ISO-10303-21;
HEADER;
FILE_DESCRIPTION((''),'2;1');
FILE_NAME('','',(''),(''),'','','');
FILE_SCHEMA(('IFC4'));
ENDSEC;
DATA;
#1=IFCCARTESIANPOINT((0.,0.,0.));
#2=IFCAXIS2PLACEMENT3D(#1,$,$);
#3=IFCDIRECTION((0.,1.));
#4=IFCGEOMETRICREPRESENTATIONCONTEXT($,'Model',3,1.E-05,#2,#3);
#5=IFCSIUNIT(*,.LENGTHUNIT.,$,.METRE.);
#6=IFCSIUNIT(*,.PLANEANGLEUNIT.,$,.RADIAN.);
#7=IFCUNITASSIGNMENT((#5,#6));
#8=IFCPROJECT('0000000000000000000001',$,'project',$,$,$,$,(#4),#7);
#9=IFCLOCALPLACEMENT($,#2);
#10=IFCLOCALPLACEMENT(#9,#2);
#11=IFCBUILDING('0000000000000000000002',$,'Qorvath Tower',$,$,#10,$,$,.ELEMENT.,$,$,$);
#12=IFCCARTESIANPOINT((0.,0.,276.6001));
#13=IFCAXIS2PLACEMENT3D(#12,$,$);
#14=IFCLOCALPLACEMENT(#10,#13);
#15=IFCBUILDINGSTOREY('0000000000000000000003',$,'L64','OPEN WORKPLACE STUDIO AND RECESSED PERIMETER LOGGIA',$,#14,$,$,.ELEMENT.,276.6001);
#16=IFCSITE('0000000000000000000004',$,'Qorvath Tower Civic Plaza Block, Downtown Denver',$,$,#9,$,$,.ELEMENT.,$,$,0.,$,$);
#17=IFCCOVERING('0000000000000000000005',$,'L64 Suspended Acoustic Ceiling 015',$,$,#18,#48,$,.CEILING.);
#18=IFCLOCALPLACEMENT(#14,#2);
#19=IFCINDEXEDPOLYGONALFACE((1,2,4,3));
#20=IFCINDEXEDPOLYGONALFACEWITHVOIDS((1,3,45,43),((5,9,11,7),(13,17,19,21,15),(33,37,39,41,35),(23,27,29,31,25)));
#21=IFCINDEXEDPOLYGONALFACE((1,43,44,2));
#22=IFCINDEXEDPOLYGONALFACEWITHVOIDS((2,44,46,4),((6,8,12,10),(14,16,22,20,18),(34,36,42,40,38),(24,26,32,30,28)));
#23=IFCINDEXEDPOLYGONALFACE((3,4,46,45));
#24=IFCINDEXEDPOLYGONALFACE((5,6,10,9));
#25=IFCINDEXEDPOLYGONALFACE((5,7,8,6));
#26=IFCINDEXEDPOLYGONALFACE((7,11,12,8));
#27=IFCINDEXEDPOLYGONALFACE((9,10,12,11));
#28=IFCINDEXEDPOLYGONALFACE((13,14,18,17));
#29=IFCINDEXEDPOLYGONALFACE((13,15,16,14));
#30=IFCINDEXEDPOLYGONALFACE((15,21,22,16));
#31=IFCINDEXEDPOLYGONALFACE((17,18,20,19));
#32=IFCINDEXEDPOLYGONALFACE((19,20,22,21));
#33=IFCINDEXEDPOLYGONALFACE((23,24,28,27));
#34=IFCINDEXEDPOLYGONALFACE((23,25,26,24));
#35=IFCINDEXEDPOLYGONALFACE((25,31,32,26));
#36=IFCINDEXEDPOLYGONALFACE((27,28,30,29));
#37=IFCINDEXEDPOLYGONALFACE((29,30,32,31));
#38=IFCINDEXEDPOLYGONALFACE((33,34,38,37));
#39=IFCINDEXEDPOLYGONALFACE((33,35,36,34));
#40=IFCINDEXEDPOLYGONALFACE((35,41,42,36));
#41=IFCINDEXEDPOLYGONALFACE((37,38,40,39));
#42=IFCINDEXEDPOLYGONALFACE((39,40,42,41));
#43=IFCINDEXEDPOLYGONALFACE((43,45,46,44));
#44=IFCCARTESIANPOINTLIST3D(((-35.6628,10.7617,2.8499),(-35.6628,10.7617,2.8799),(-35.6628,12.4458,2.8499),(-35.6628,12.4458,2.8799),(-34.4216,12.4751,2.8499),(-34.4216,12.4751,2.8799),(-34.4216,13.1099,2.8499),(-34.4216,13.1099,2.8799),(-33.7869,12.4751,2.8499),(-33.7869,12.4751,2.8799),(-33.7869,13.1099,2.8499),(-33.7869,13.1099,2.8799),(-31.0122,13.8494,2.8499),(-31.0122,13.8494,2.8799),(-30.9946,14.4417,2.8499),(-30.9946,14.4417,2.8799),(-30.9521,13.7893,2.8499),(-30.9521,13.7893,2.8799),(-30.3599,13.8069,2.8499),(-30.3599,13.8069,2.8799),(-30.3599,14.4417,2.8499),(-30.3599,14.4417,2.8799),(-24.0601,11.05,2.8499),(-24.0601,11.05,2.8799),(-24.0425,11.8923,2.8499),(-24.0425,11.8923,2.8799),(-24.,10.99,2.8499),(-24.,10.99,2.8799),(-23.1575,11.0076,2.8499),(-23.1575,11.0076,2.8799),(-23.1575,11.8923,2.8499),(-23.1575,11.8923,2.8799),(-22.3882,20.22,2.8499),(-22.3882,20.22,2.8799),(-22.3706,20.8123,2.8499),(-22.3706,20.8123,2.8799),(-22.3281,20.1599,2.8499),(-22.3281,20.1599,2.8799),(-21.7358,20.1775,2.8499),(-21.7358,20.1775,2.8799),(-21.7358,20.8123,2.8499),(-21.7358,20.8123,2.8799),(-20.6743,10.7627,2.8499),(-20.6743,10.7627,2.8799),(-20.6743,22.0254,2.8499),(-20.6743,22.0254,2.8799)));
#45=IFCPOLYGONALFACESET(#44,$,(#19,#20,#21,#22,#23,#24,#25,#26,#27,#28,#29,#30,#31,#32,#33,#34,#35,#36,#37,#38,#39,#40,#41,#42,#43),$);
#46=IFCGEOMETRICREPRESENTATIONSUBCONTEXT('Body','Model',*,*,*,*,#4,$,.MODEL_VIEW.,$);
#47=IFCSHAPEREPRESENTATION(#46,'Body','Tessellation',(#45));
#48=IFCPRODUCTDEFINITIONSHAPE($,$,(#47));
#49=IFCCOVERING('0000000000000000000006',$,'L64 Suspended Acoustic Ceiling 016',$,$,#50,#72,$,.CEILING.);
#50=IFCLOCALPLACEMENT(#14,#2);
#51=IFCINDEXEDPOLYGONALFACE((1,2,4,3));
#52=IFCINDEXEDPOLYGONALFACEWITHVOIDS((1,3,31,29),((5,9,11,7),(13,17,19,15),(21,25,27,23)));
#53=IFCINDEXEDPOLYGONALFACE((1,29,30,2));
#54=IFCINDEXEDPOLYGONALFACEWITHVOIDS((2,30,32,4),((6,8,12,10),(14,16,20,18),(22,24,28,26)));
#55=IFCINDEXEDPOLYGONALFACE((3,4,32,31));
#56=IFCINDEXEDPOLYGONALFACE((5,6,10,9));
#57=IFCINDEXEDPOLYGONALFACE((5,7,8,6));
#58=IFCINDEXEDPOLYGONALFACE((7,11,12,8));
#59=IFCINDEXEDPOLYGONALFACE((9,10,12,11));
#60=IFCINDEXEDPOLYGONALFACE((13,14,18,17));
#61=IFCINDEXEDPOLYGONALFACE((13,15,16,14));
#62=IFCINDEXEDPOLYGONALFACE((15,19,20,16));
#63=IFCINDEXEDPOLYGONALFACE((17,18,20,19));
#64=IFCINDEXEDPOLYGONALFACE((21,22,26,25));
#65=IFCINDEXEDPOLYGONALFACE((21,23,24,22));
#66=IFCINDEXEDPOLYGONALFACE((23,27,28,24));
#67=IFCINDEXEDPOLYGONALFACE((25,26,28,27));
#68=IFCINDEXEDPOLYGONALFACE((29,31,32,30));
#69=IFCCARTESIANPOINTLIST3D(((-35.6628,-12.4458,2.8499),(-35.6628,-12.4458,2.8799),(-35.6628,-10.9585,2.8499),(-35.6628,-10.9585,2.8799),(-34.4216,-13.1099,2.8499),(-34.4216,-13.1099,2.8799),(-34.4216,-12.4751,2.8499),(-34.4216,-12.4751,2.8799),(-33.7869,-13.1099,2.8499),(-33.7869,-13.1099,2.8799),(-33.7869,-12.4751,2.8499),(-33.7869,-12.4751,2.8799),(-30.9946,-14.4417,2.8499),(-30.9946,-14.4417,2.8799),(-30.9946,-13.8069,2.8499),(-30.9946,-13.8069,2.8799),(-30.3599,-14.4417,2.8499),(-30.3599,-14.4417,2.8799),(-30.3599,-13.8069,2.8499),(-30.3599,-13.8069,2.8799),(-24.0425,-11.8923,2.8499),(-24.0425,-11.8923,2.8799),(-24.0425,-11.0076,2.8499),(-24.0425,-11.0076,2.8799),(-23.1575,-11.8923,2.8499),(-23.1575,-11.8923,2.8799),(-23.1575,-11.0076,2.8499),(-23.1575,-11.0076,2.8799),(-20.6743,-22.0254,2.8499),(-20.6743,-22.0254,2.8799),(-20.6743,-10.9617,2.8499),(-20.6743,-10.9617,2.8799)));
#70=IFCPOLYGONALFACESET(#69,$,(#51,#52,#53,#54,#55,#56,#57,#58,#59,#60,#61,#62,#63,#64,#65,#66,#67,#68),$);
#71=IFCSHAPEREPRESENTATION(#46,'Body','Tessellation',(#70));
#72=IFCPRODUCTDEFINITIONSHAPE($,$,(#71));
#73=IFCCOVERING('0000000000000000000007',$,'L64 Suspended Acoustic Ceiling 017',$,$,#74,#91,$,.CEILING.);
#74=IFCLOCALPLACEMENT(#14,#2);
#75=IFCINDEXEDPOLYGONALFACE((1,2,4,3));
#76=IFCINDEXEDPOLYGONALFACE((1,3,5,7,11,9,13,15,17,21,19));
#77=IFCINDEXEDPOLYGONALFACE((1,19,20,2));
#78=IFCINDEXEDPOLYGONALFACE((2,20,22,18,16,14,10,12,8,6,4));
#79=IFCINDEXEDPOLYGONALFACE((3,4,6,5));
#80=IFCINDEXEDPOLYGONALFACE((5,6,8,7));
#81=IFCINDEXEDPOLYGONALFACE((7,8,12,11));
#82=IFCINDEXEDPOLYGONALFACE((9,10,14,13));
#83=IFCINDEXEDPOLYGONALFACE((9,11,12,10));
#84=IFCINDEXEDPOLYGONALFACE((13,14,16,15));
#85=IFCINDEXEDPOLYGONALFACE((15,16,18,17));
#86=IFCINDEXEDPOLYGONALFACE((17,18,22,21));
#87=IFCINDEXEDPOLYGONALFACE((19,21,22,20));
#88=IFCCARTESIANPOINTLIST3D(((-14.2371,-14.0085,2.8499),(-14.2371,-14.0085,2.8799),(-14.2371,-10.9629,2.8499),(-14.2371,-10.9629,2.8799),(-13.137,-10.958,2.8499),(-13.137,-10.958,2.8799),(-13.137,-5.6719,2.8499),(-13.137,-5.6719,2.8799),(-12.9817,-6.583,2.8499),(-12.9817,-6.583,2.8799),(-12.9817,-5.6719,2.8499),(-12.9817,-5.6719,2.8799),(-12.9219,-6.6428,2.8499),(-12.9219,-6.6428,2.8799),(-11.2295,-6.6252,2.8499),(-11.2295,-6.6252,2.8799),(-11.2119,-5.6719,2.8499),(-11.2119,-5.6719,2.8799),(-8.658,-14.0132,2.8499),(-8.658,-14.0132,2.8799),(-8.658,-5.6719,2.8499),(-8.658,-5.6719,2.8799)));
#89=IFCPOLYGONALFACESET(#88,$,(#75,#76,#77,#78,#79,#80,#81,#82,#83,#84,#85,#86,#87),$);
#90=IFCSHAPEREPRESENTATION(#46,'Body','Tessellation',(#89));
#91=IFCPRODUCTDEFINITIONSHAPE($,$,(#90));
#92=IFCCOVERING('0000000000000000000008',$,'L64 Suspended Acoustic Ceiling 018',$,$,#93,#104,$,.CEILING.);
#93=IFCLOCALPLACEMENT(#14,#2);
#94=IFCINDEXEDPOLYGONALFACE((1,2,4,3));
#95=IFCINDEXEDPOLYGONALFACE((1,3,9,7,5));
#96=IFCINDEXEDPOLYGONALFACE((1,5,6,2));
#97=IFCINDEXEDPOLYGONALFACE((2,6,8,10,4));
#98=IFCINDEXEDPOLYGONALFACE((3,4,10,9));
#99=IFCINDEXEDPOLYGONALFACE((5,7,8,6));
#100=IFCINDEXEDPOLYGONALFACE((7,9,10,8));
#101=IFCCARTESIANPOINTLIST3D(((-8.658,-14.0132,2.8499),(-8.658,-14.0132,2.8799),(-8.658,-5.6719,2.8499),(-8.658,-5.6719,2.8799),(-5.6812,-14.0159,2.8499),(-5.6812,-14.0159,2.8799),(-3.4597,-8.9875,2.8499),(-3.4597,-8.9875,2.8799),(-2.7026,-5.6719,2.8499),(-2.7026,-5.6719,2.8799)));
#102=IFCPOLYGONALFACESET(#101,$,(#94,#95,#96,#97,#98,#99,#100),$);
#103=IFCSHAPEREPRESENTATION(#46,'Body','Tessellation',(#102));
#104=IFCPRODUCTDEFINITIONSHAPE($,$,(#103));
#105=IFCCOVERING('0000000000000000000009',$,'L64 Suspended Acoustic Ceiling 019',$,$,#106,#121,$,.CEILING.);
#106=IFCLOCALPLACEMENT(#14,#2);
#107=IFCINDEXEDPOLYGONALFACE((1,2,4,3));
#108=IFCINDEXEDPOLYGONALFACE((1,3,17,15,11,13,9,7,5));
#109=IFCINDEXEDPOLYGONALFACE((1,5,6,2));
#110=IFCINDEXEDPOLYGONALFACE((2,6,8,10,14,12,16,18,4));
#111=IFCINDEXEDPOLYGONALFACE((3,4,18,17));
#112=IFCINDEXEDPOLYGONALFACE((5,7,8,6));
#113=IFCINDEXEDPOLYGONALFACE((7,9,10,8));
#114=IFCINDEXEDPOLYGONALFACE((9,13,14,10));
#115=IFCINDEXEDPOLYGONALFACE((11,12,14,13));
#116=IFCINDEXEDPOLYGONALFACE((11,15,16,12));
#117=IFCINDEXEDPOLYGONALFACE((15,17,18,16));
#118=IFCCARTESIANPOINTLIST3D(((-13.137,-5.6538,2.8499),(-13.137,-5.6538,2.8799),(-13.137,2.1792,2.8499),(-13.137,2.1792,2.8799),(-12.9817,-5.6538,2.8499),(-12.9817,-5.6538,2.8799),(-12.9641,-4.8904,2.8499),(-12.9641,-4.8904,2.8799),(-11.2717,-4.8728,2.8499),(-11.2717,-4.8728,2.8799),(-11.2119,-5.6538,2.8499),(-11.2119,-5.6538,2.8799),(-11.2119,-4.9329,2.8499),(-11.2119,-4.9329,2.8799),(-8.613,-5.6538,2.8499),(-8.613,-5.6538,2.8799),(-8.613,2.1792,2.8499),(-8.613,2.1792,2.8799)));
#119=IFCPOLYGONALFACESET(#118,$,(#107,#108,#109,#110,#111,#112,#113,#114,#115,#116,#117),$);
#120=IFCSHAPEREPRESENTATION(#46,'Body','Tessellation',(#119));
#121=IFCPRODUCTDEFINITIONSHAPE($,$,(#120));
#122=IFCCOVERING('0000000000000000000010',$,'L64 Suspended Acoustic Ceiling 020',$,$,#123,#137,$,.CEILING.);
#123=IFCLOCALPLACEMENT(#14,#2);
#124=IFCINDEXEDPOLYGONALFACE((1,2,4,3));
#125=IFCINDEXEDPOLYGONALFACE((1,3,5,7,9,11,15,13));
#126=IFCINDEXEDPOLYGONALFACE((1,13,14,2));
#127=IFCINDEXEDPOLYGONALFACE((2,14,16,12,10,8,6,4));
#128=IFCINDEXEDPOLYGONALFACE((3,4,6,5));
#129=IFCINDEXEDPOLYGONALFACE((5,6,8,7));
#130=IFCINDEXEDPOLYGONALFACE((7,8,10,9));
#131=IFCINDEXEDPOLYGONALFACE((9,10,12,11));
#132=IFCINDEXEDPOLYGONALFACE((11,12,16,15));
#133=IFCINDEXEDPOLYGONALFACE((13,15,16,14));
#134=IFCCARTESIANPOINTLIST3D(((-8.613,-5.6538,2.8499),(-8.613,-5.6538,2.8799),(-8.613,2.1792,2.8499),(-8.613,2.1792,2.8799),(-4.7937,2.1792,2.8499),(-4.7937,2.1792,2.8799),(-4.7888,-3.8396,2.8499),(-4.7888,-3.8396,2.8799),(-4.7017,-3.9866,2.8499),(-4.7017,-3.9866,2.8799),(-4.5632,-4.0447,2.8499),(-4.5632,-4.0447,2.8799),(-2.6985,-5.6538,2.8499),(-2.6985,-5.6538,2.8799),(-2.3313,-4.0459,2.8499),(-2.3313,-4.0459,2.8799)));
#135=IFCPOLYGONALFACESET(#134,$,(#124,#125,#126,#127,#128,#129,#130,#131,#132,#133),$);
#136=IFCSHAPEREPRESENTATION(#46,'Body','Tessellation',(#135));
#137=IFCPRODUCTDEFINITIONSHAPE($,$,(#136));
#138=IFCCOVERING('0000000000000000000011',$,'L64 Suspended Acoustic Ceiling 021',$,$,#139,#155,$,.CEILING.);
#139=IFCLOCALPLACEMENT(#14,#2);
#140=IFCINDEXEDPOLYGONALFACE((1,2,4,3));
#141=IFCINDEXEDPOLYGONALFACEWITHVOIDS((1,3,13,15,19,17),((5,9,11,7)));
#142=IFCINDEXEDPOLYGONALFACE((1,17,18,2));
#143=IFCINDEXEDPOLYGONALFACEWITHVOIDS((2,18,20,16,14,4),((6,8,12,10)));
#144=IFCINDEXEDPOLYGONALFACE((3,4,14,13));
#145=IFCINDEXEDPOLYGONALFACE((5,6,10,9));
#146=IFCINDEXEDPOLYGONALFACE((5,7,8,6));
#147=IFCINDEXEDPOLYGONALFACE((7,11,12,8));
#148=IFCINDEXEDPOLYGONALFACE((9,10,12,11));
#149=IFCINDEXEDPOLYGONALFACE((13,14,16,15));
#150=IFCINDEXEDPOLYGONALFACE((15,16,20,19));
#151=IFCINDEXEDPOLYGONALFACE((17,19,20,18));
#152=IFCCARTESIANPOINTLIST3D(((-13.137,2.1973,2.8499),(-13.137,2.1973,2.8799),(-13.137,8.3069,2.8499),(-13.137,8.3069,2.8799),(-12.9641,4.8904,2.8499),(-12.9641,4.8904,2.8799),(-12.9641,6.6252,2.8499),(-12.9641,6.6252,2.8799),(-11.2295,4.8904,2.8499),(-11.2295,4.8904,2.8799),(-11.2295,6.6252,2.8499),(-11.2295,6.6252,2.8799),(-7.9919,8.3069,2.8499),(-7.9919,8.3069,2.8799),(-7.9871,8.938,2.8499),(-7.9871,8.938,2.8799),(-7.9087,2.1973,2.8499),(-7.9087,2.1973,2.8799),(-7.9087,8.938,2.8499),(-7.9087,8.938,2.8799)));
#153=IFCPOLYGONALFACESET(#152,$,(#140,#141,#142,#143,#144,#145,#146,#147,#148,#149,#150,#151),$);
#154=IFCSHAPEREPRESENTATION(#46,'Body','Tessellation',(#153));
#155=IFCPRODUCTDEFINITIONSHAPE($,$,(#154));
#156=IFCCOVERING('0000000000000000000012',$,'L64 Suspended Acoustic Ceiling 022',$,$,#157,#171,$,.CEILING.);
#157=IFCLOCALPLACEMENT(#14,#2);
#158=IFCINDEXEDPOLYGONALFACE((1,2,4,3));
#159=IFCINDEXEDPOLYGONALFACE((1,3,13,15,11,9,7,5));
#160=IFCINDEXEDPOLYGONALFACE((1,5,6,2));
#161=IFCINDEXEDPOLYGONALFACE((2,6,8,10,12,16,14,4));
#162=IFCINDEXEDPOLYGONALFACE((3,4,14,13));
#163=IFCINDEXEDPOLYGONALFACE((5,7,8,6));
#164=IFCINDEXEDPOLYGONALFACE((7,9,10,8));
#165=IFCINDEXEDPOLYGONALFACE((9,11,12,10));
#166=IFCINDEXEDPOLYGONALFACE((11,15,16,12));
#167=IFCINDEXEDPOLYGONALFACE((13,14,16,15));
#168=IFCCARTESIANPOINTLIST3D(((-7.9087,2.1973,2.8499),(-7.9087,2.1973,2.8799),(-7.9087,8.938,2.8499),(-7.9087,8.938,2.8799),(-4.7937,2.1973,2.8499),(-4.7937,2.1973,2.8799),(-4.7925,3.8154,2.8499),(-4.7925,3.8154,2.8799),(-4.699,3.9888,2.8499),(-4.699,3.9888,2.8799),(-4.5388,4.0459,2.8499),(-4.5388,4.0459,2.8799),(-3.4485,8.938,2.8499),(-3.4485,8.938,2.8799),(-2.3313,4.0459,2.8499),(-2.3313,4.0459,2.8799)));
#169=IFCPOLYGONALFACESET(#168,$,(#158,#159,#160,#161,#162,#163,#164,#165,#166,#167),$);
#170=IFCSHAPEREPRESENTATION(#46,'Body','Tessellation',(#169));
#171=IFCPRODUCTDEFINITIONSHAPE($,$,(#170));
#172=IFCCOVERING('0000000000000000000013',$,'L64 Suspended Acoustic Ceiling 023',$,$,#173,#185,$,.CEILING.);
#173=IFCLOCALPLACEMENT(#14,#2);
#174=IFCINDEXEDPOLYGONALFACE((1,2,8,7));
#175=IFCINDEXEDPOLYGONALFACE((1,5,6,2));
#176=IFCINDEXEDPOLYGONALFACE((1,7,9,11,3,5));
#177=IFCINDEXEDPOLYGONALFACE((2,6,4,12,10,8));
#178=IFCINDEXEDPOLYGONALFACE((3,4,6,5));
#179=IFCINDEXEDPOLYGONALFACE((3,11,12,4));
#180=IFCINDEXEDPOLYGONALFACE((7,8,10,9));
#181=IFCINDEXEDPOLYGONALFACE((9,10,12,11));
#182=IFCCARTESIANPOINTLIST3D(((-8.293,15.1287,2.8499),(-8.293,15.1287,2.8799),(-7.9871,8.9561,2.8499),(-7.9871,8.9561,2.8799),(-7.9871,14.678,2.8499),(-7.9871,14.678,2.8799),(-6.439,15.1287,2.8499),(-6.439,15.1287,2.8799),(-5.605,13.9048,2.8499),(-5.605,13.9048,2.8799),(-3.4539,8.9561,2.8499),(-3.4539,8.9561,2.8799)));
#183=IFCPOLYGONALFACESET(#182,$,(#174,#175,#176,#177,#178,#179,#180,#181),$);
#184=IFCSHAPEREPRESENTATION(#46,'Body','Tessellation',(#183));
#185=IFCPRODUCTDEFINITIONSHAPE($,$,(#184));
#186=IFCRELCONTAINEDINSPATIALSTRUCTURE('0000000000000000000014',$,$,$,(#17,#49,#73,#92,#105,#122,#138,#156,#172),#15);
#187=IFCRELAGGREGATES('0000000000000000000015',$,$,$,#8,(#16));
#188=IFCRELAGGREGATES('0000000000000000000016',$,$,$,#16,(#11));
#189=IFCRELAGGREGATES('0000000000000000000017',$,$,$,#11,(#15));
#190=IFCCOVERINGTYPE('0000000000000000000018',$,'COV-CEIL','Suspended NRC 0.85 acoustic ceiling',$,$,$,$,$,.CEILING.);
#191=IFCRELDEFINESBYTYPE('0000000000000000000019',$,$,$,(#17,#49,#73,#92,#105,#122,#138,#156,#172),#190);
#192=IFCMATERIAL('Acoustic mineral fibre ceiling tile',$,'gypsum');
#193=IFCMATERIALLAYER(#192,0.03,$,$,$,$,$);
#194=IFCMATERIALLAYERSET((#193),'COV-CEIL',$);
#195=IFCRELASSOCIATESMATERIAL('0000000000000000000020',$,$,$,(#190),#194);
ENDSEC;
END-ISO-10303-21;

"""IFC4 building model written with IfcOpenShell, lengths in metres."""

from ifc_helpers import new_model, si_unit, direction, frame, origin, place, context, subcontext, project, spatial, polyline, outline, extrude, material, layer, layer_set, type_object, element, save


model = new_model("IFC4")

# Units and contexts
model_context = context("Model", 3, precision=1e-05, world=origin(), true_north=direction((0.0, 1.0)))
body_context = subcontext(model_context, "Body", "Model", "MODEL_VIEW")
ifc_project = project(units=[si_unit("LENGTHUNIT", "METRE"), si_unit("PLANEANGLEUNIT", "RADIAN")], contexts=[model_context])

# Site, building, storey
site_placement = place(None, origin())
site = spatial("IfcSite", under=ifc_project, at=site_placement, Name="Qorvath Tower Civic Plaza Block, Downtown Denver", CompositionType="ELEMENT", RefElevation=0.0)
building_placement = place(site_placement, origin())
building = spatial("IfcBuilding", under=site, at=building_placement, Name="Qorvath Tower", CompositionType="ELEMENT")
storey_placement = place(building_placement, frame((0.0, 0.0, 276.6001)))
storey = spatial("IfcBuildingStorey", under=building, at=storey_placement, Name="L64", Description="OPEN WORKPLACE STUDIO AND RECESSED PERIMETER LOGGIA", CompositionType="ELEMENT", Elevation=276.6001)

# Coverings
ifc_material_1 = material(Name="Acoustic mineral fibre ceiling tile", Category="gypsum")
ifc_layer_1 = layer(ifc_material_1, 0.03)
ifc_layer_set_1 = layer_set([ifc_layer_1], Name="COV-CEIL")
covering_type_1 = type_object("IfcCoveringType", Name="COV-CEIL", Description="Suspended NRC 0.85 acoustic ceiling", PredefinedType="CEILING", material=ifc_layer_set_1)
covering_1_placement = place(storey_placement, frame((0.0, 0.0, 2.8499)))
element("IfcCovering", 1, at=covering_1_placement, inside=storey, type_object=covering_type_1, Name="L64 Suspended Acoustic Ceiling 015", PredefinedType="CEILING", context=body_context, shape_type="SweptSolid", body=[
    extrude(outline(polyline([(-35.6628, 12.4458), (-35.6628, 10.7617), (-20.6743, 10.7627), (-20.6743, 22.0254), (-35.6628, 12.4458)]), holes=[polyline([(-22.3882, 20.22), (-22.3706, 20.8123), (-21.7358, 20.8123), (-21.7358, 20.1775), (-22.3281, 20.1599), (-22.3882, 20.22)]), polyline([(-24.0601, 11.05), (-24.0425, 11.8923), (-23.1575, 11.8923), (-23.1575, 11.0076), (-24.0, 10.99), (-24.0601, 11.05)]), polyline([(-31.0122, 13.8494), (-30.9946, 14.4417), (-30.3599, 14.4417), (-30.3599, 13.8069), (-30.9521, 13.7893), (-31.0122, 13.8494)]), polyline([(-34.4216, 12.4751), (-34.4216, 13.1099), (-33.7869, 13.1099), (-33.7869, 12.4751), (-34.4216, 12.4751)])]), origin(), (0.0, 0.0, 1.0), 0.03),
])
covering_2_placement = place(storey_placement, frame((0.0, 0.0, 2.8499)))
element("IfcCovering", 2, at=covering_2_placement, inside=storey, type_object=covering_type_1, Name="L64 Suspended Acoustic Ceiling 016", PredefinedType="CEILING", context=body_context, shape_type="SweptSolid", body=[
    extrude(outline(polyline([(-35.6628, -10.9585), (-35.6628, -12.4458), (-20.6743, -22.0254), (-20.6743, -10.9617), (-35.6628, -10.9585)]), holes=[polyline([(-24.0425, -11.8923), (-24.0425, -11.0076), (-23.1575, -11.0076), (-23.1575, -11.8923), (-24.0425, -11.8923)]), polyline([(-30.9946, -14.4417), (-30.9946, -13.8069), (-30.3599, -13.8069), (-30.3599, -14.4417), (-30.9946, -14.4417)]), polyline([(-34.4216, -13.1099), (-34.4216, -12.4751), (-33.7869, -12.4751), (-33.7869, -13.1099), (-34.4216, -13.1099)])]), origin(), (0.0, 0.0, 1.0), 0.03),
])
covering_3_placement = place(storey_placement, frame((0.0, 0.0, 2.8499)))
element("IfcCovering", 3, at=covering_3_placement, inside=storey, type_object=covering_type_1, Name="L64 Suspended Acoustic Ceiling 017", PredefinedType="CEILING", context=body_context, shape_type="SweptSolid", body=[
    extrude(outline(polyline([(-14.2371, -14.0085), (-8.658, -14.0132), (-8.658, -5.6719), (-11.2119, -5.6719), (-11.2295, -6.6252), (-12.9219, -6.6428), (-12.9817, -6.583), (-12.9817, -5.6719), (-13.137, -5.6719), (-13.137, -10.958), (-14.2371, -10.9629), (-14.2371, -14.0085)])), origin(), (0.0, 0.0, 1.0), 0.03),
])
covering_4_placement = place(storey_placement, frame((0.0, 0.0, 2.8499)))
element("IfcCovering", 4, at=covering_4_placement, inside=storey, type_object=covering_type_1, Name="L64 Suspended Acoustic Ceiling 018", PredefinedType="CEILING", context=body_context, shape_type="SweptSolid", body=[
    extrude(outline(polyline([(-8.658, -5.6719), (-8.658, -14.0132), (-5.6812, -14.0159), (-3.4597, -8.9875), (-2.7026, -5.6719), (-8.658, -5.6719)])), origin(), (0.0, 0.0, 1.0), 0.03),
])
covering_5_placement = place(storey_placement, frame((0.0, 0.0, 2.8499)))
element("IfcCovering", 5, at=covering_5_placement, inside=storey, type_object=covering_type_1, Name="L64 Suspended Acoustic Ceiling 019", PredefinedType="CEILING", context=body_context, shape_type="SweptSolid", body=[
    extrude(outline(polyline([(-8.613, -5.6538), (-8.613, 2.1792), (-13.137, 2.1792), (-13.137, -5.6538), (-12.9817, -5.6538), (-12.9641, -4.8904), (-11.2717, -4.8728), (-11.2119, -4.9329), (-11.2119, -5.6538), (-8.613, -5.6538)])), origin(), (0.0, 0.0, 1.0), 0.03),
])
covering_6_placement = place(storey_placement, frame((0.0, 0.0, 2.8499)))
element("IfcCovering", 6, at=covering_6_placement, inside=storey, type_object=covering_type_1, Name="L64 Suspended Acoustic Ceiling 020", PredefinedType="CEILING", context=body_context, shape_type="SweptSolid", body=[
    extrude(outline(polyline([(-4.7017, -3.9866), (-4.7888, -3.8396), (-4.7937, 2.1792), (-8.613, 2.1792), (-8.613, -5.6538), (-2.6985, -5.6538), (-2.3313, -4.0459), (-4.5632, -4.0447), (-4.7017, -3.9866)])), origin(), (0.0, 0.0, 1.0), 0.03),
])
covering_7_placement = place(storey_placement, frame((0.0, 0.0, 2.8499)))
element("IfcCovering", 7, at=covering_7_placement, inside=storey, type_object=covering_type_1, Name="L64 Suspended Acoustic Ceiling 021", PredefinedType="CEILING", context=body_context, shape_type="SweptSolid", body=[
    extrude(outline(polyline([(-7.9087, 2.1973), (-7.9087, 8.938), (-7.9871, 8.938), (-7.9919, 8.3069), (-13.137, 8.3069), (-13.137, 2.1973), (-7.9087, 2.1973)]), holes=[polyline([(-12.9641, 4.8904), (-12.9641, 6.6252), (-11.2295, 6.6252), (-11.2295, 4.8904), (-12.9641, 4.8904)])]), origin(), (0.0, 0.0, 1.0), 0.03),
])
covering_8_placement = place(storey_placement, frame((0.0, 0.0, 2.8499)))
element("IfcCovering", 8, at=covering_8_placement, inside=storey, type_object=covering_type_1, Name="L64 Suspended Acoustic Ceiling 022", PredefinedType="CEILING", context=body_context, shape_type="SweptSolid", body=[
    extrude(outline(polyline([(-4.699, 3.9888), (-4.5388, 4.0459), (-2.3313, 4.0459), (-3.4485, 8.938), (-7.9087, 8.938), (-7.9087, 2.1973), (-4.7937, 2.1973), (-4.7925, 3.8154), (-4.699, 3.9888)])), origin(), (0.0, 0.0, 1.0), 0.03),
])
covering_9_placement = place(storey_placement, frame((0.0, 0.0, 2.8499)))
element("IfcCovering", 9, at=covering_9_placement, inside=storey, type_object=covering_type_1, Name="L64 Suspended Acoustic Ceiling 023", PredefinedType="CEILING", context=body_context, shape_type="SweptSolid", body=[
    extrude(outline(polyline([(-3.4539, 8.9561), (-5.605, 13.9048), (-6.439, 15.1287), (-8.293, 15.1287), (-7.9871, 14.678), (-7.9871, 8.9561), (-3.4539, 8.9561)])), origin(), (0.0, 0.0, 1.0), 0.03),
])

save(model, "model.ifc")
